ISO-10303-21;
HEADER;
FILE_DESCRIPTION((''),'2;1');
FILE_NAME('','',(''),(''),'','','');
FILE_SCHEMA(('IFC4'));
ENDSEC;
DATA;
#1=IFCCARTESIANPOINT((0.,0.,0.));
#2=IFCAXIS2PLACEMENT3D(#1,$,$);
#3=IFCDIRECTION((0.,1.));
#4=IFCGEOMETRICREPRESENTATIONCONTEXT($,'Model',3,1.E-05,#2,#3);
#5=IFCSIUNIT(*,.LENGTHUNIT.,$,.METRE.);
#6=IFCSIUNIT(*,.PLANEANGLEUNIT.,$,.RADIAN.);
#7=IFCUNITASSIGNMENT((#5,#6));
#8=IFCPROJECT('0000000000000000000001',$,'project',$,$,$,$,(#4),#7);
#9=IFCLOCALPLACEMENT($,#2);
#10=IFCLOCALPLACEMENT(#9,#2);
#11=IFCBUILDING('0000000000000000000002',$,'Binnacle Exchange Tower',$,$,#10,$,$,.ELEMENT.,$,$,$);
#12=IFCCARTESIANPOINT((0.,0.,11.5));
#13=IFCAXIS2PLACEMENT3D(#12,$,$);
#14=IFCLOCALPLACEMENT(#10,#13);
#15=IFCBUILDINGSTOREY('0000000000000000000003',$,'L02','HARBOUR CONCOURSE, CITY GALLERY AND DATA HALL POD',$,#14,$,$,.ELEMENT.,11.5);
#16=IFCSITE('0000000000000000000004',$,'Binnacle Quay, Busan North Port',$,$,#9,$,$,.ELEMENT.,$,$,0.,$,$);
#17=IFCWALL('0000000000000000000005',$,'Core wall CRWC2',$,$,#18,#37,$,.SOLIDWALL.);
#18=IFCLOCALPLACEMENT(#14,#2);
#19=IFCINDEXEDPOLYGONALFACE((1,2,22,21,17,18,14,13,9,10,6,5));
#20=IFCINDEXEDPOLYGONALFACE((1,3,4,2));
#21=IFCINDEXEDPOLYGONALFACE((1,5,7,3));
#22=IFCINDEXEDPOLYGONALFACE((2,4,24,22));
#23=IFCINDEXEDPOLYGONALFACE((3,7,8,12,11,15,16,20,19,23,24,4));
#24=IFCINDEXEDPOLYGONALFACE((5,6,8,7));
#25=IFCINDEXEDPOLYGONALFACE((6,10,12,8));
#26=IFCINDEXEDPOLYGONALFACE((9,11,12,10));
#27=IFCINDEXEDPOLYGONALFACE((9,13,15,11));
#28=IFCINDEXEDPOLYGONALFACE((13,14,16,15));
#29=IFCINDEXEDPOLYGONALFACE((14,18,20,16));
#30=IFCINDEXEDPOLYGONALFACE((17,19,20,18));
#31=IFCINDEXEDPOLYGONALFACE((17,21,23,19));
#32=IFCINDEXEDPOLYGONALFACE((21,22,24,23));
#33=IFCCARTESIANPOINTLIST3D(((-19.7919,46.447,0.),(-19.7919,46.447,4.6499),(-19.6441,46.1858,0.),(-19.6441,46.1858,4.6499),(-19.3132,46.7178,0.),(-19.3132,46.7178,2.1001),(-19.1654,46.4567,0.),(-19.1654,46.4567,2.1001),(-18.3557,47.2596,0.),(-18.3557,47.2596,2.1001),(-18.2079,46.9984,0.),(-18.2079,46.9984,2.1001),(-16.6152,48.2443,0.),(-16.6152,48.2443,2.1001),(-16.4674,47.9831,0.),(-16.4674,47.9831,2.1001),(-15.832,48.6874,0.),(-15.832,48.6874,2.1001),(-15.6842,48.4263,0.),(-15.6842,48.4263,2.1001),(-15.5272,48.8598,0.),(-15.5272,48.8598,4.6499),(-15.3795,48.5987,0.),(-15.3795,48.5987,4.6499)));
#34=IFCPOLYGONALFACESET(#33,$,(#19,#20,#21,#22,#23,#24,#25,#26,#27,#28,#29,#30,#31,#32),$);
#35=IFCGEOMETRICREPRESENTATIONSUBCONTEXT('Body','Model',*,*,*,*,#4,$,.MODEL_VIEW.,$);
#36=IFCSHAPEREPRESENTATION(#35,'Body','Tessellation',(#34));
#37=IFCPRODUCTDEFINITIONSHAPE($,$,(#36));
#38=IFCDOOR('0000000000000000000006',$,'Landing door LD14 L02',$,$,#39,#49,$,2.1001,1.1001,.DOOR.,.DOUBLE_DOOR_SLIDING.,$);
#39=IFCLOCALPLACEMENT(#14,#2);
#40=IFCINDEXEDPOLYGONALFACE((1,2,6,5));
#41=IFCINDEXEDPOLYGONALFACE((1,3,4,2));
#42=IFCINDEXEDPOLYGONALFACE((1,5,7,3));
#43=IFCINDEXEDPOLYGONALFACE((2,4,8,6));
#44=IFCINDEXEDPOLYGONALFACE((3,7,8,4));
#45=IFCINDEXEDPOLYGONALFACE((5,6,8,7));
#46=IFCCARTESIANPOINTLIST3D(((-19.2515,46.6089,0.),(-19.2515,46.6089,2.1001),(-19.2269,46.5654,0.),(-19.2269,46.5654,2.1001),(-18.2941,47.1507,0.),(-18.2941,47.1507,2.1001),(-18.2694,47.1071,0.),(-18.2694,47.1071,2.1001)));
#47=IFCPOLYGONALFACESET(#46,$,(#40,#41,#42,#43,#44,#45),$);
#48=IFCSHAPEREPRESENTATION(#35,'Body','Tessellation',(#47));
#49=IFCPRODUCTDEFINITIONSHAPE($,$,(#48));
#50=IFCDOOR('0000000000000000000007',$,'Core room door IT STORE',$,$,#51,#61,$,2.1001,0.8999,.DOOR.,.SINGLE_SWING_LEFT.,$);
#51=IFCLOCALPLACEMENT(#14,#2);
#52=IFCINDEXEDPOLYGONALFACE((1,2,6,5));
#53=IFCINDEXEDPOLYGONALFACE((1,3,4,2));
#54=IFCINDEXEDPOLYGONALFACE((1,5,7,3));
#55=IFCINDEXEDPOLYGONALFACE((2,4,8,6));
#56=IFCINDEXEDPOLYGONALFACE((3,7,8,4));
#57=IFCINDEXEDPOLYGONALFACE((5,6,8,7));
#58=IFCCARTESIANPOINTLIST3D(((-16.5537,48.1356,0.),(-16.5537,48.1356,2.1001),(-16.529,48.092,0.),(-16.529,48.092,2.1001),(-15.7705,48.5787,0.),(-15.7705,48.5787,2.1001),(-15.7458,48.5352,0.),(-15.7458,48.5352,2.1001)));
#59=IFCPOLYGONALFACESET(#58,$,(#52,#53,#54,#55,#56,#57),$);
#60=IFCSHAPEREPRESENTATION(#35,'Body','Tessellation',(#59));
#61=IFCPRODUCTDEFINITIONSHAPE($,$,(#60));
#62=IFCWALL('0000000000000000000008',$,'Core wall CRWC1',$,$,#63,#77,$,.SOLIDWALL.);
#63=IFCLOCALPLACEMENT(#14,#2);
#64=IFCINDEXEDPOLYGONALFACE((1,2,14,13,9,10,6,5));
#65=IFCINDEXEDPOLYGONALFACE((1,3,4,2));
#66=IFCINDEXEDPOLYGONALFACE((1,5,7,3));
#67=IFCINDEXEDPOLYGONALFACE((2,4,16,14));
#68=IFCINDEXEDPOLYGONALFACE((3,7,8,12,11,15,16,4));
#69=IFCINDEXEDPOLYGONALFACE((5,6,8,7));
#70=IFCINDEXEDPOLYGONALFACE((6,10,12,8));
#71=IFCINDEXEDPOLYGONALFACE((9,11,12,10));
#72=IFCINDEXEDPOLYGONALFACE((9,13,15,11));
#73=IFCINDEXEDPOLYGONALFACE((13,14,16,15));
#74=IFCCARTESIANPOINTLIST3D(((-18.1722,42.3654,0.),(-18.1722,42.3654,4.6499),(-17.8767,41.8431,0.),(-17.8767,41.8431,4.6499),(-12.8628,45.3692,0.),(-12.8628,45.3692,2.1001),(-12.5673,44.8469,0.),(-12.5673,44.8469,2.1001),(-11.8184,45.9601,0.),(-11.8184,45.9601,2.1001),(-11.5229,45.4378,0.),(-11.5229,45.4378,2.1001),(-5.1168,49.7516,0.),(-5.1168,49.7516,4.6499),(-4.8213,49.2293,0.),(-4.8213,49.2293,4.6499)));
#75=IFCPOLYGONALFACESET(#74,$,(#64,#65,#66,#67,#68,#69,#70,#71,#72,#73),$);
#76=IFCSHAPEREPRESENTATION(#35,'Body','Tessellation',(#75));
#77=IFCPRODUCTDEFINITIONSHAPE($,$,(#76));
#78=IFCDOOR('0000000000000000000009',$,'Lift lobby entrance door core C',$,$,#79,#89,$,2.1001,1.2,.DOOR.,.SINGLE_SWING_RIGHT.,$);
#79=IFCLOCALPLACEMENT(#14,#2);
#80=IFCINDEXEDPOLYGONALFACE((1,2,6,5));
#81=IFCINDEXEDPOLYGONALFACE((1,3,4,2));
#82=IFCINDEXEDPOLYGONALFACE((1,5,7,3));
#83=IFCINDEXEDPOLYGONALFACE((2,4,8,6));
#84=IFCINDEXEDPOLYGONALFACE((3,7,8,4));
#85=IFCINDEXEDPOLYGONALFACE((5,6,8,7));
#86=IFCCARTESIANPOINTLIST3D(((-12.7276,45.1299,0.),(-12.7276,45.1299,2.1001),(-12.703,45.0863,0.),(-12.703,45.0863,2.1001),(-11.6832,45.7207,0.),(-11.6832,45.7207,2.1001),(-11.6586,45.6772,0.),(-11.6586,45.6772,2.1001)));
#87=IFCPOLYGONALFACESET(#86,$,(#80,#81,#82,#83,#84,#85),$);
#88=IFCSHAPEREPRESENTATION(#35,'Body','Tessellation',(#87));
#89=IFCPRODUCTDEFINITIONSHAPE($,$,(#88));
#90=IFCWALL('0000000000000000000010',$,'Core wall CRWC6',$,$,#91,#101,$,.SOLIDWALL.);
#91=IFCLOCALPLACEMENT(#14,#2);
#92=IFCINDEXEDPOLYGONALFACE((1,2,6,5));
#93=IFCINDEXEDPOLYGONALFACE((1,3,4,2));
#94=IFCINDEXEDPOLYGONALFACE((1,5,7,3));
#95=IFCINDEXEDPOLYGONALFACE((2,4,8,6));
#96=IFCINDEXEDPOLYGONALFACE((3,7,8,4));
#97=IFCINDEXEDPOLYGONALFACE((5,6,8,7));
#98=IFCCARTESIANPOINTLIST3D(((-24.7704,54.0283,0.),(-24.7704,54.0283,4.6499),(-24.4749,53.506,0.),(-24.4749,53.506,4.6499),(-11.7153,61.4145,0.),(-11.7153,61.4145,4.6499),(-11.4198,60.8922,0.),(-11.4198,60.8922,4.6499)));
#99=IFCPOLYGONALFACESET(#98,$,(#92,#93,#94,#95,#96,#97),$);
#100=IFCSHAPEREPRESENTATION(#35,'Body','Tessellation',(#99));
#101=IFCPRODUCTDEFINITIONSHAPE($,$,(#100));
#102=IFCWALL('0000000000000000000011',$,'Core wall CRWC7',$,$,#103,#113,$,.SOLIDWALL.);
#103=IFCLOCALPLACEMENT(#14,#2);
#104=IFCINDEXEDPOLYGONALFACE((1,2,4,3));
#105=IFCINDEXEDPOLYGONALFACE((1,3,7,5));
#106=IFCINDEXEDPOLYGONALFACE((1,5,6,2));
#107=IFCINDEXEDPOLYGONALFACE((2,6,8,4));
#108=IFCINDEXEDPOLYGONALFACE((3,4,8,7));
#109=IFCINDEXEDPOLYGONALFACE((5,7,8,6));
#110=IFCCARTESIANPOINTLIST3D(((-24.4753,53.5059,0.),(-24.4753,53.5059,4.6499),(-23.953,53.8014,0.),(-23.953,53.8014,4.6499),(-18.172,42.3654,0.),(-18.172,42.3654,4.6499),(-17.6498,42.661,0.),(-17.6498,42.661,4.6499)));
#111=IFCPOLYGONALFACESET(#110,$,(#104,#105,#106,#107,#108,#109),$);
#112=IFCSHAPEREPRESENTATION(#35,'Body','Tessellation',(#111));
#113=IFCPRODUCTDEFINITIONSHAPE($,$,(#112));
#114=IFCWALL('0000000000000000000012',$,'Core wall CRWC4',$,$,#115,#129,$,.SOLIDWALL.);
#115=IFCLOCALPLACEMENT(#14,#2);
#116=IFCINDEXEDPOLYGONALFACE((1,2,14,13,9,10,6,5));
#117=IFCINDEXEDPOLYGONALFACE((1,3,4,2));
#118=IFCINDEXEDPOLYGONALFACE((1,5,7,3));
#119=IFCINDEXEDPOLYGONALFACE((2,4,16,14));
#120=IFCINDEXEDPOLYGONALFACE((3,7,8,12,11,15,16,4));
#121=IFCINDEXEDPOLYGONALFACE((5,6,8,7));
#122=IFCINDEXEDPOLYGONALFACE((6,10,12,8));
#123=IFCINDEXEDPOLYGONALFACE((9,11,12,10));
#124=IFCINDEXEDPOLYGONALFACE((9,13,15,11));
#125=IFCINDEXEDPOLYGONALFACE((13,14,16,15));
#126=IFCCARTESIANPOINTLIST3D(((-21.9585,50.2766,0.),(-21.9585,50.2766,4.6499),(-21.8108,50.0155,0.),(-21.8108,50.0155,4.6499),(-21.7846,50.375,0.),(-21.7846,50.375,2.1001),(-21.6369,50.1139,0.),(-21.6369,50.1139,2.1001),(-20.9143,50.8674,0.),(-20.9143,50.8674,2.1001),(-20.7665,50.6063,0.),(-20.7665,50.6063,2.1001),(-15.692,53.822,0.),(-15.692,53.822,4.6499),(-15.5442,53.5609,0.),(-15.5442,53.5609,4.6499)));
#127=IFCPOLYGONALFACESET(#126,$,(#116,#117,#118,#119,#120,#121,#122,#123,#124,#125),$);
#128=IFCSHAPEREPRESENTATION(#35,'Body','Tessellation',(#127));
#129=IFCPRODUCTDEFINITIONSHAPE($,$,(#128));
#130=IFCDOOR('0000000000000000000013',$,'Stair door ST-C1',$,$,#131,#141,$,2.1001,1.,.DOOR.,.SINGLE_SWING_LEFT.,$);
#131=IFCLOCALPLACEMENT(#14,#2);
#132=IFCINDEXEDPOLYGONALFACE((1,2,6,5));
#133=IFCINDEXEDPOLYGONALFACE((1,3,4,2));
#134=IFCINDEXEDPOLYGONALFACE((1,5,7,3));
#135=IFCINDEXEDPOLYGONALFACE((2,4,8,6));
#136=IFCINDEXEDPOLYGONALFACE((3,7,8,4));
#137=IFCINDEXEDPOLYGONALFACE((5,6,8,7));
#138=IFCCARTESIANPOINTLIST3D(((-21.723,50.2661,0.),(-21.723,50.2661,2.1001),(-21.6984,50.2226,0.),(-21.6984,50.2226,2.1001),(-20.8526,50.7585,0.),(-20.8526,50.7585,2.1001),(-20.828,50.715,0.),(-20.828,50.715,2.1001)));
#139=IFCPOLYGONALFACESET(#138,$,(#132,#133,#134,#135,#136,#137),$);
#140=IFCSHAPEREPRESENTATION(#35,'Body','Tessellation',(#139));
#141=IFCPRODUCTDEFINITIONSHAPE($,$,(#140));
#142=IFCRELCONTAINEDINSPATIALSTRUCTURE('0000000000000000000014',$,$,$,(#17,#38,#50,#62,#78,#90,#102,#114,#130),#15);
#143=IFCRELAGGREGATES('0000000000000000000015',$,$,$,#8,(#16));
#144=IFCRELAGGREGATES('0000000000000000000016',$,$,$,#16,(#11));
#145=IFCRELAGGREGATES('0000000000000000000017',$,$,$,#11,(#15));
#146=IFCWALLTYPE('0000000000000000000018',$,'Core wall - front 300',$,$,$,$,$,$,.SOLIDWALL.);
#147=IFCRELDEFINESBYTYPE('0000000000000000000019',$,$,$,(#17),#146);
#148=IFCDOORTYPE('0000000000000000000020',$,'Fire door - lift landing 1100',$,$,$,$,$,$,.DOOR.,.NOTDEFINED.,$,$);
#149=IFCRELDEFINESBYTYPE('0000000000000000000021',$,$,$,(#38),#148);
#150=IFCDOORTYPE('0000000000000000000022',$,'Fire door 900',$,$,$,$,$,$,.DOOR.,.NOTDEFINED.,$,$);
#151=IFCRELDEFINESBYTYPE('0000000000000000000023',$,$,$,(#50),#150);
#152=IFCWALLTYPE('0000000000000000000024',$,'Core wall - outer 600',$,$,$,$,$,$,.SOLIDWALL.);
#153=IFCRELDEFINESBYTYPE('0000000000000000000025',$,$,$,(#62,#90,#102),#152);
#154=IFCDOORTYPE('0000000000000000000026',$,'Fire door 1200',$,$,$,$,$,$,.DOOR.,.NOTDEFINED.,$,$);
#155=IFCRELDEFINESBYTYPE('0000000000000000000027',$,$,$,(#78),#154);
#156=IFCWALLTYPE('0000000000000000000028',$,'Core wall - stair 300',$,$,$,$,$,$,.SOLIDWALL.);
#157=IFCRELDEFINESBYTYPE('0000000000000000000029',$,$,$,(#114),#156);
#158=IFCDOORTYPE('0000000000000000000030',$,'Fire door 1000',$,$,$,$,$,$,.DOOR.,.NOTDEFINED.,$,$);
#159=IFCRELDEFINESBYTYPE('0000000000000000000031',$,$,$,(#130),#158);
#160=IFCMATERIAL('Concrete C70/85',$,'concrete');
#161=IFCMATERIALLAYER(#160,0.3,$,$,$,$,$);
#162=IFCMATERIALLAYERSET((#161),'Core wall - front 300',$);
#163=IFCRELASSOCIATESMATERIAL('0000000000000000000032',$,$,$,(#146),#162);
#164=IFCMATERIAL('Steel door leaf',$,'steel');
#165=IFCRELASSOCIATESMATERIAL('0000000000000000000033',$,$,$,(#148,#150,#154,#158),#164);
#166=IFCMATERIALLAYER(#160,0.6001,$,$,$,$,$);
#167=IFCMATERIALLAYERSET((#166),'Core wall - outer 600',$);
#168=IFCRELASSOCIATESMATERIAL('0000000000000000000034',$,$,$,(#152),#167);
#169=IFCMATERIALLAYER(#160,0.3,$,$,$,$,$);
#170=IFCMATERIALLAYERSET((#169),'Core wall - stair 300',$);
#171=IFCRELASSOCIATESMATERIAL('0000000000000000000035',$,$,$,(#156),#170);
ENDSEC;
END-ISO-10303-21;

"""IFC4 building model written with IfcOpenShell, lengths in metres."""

from ifc_helpers import new_model, si_unit, direction, frame, frame_2d, origin, place, context, subcontext, project, spatial, rectangle, extrude, material, layer, layer_set, type_object, element, fill, save


model = new_model("IFC4")

# Units and contexts
model_context = context("Model", 3, precision=1e-05, world=origin(), true_north=direction((0.0, 1.0)))
body_context = subcontext(model_context, "Body", "Model", "MODEL_VIEW")
ifc_project = project(units=[si_unit("LENGTHUNIT", "METRE"), si_unit("PLANEANGLEUNIT", "RADIAN")], contexts=[model_context])

# Site, building, storey
site_placement = place(None, origin())
site = spatial("IfcSite", under=ifc_project, at=site_placement, Name="Binnacle Quay, Busan North Port", CompositionType="ELEMENT", RefElevation=0.0)
building_placement = place(site_placement, origin())
building = spatial("IfcBuilding", under=site, at=building_placement, Name="Binnacle Exchange Tower", CompositionType="ELEMENT")
storey_placement = place(building_placement, frame((0.0, 0.0, 11.5)))
storey = spatial("IfcBuildingStorey", under=building, at=storey_placement, Name="L02", Description="HARBOUR CONCOURSE, CITY GALLERY AND DATA HALL POD", CompositionType="ELEMENT", Elevation=11.5)

# Wall, openings, doors
ifc_material_1 = material(Name="Concrete C70/85", Category="concrete")
ifc_layer_1 = layer(ifc_material_1, 0.3)
ifc_layer_set_1 = layer_set([ifc_layer_1], Name="Core wall - front 300")
wall_type_1 = type_object("IfcWallType", Name="Core wall - front 300", PredefinedType="SOLIDWALL", material=ifc_layer_set_1)
wall_1_placement = place(storey_placement, frame((-19.718, 46.3164, 0.0), z_axis=(0.0, 0.0, 1.0), x_axis=(0.870354, 0.492427, 0.0)))
wall_1 = element("IfcWall", 1, at=wall_1_placement, inside=storey, type_object=wall_type_1, Name="Core wall CRWC2", PredefinedType="SOLIDWALL", context=body_context, shape_type="SweptSolid", body=[
    extrude(rectangle(XDim=4.8999, YDim=0.3, at=frame_2d((2.45, 0.0))), origin(), (0.0, 0.0, 1.0), 4.6499),
])
opening_1_placement = place(wall_1_placement, frame((0.55, 0.0, 0.0)))
opening_1 = element("IfcOpeningElement", 2, at=opening_1_placement, cuts=wall_1, PredefinedType="OPENING", context=body_context, shape_type="SweptSolid", body=[
    extrude(rectangle(XDim=1.1001, YDim=2.1001, at=frame_2d((0.55, 1.05))), frame((0.0, 0.1599, 0.0), z_axis=(0.0, -1.0, 0.0), x_axis=(1.0, 0.0, 0.0)), (0.0, 0.0, 1.0), 0.3201),
])
opening_2_placement = place(wall_1_placement, frame((3.6499, 0.0, 0.0)))
opening_2 = element("IfcOpeningElement", 3, at=opening_2_placement, cuts=wall_1, PredefinedType="OPENING", context=body_context, shape_type="SweptSolid", body=[
    extrude(rectangle(XDim=0.8999, YDim=2.1001, at=frame_2d((0.45, 1.05))), frame((0.0, 0.1599, 0.0), z_axis=(0.0, -1.0, 0.0), x_axis=(1.0, 0.0, 0.0)), (0.0, 0.0, 1.0), 0.3201),
])
ifc_material_2 = material(Name="Steel door leaf", Category="steel")
door_type_1 = type_object("IfcDoorType", Name="Fire door - lift landing 1100", OperationType="NOTDEFINED", PredefinedType="DOOR", material=ifc_material_2)
door_1_placement = place(opening_1_placement, origin())
door_1 = element("IfcDoor", 4, at=door_1_placement, inside=storey, type_object=door_type_1, Name="Landing door LD14 L02", OperationType="DOUBLE_DOOR_SLIDING", OverallHeight=2.1001, OverallWidth=1.1001, PredefinedType="DOOR", context=body_context, shape_type="SweptSolid", body=[
    extrude(rectangle(XDim=1.1001, YDim=2.1001, at=frame_2d((0.55, 1.05))), frame((0.0, 0.0249, 0.0), z_axis=(0.0, -1.0, 0.0), x_axis=(1.0, 0.0, 0.0)), (0.0, 0.0, 1.0), 0.05),
])
fill(opening_1, door_1)
door_type_2 = type_object("IfcDoorType", Name="Fire door 900", OperationType="NOTDEFINED", PredefinedType="DOOR", material=ifc_material_2)
door_2_placement = place(opening_2_placement, frame((0.8999, 0.0, 0.0), z_axis=(0.0, 0.0, 1.0), x_axis=(-1.0, 0.0, 0.0)))
door_2 = element("IfcDoor", 5, at=door_2_placement, inside=storey, type_object=door_type_2, Name="Core room door IT STORE", OperationType="SINGLE_SWING_LEFT", OverallHeight=2.1001, OverallWidth=0.8999, PredefinedType="DOOR", context=body_context, shape_type="SweptSolid", body=[
    extrude(rectangle(XDim=0.8999, YDim=2.1001, at=frame_2d((0.45, 1.05))), frame((0.0, 0.0249, 0.0), z_axis=(0.0, -1.0, 0.0), x_axis=(1.0, 0.0, 0.0)), (0.0, 0.0, 1.0), 0.05),
])
fill(opening_2, door_2)

# Wall, opening, door
ifc_layer_2 = layer(ifc_material_1, 0.6001)
ifc_layer_set_2 = layer_set([ifc_layer_2], Name="Core wall - outer 600")
wall_type_2 = type_object("IfcWallType", Name="Core wall - outer 600", PredefinedType="SOLIDWALL", material=ifc_layer_set_2)
wall_2_placement = place(storey_placement, frame((-18.0244, 42.1042, 0.0), z_axis=(0.0, 0.0, 1.0), x_axis=(0.870361, 0.492415, 0.0)))
wall_2 = element("IfcWall", 6, at=wall_2_placement, inside=storey, type_object=wall_type_2, Name="Core wall CRWC1", PredefinedType="SOLIDWALL", context=body_context, shape_type="SweptSolid", body=[
    extrude(rectangle(XDim=15.0, YDim=0.6001, at=frame_2d((7.5, 0.0))), origin(), (0.0, 0.0, 1.0), 4.6499),
])
opening_3_placement = place(wall_2_placement, frame((6.1001, 0.0, 0.0)))
opening_3 = element("IfcOpeningElement", 7, at=opening_3_placement, cuts=wall_2, PredefinedType="OPENING", context=body_context, shape_type="SweptSolid", body=[
    extrude(rectangle(XDim=1.2, YDim=2.1001, at=frame_2d((0.6001, 1.05))), frame((0.0, 0.3101, 0.0), z_axis=(0.0, -1.0, 0.0), x_axis=(1.0, 0.0, 0.0)), (0.0, 0.0, 1.0), 0.6201),
])
door_type_3 = type_object("IfcDoorType", Name="Fire door 1200", OperationType="NOTDEFINED", PredefinedType="DOOR", material=ifc_material_2)
door_3_placement = place(opening_3_placement, frame((1.2, 0.0, 0.0), z_axis=(0.0, 0.0, 1.0), x_axis=(-1.0, 0.0, 0.0)))
door_3 = element("IfcDoor", 8, at=door_3_placement, inside=storey, type_object=door_type_3, Name="Lift lobby entrance door core C", OperationType="SINGLE_SWING_RIGHT", OverallHeight=2.1001, OverallWidth=1.2, PredefinedType="DOOR", context=body_context, shape_type="SweptSolid", body=[
    extrude(rectangle(XDim=1.2, YDim=2.1001, at=frame_2d((0.6001, 1.05))), frame((0.0, 0.0249, 0.0), z_axis=(0.0, -1.0, 0.0), x_axis=(1.0, 0.0, 0.0)), (0.0, 0.0, 1.0), 0.05),
])
fill(opening_3, door_3)

# Walls
wall_3_placement = place(storey_placement, frame((-24.6228, 53.7671, 0.0), z_axis=(0.0, 0.0, 1.0), x_axis=(0.870357, 0.492422, 0.0)))
element("IfcWall", 9, at=wall_3_placement, inside=storey, type_object=wall_type_2, Name="Core wall CRWC6", PredefinedType="SOLIDWALL", context=body_context, shape_type="SweptSolid", body=[
    extrude(rectangle(XDim=14.9998, YDim=0.6001, at=frame_2d((7.5, 0.0))), origin(), (0.0, 0.0, 1.0), 4.6499),
])
wall_4_placement = place(storey_placement, frame((-24.2141, 53.6536, 0.0), z_axis=(0.0, 0.0, 1.0), x_axis=(0.492441, -0.870346, 0.0)))
element("IfcWall", 10, at=wall_4_placement, inside=storey, type_object=wall_type_2, Name="Core wall CRWC7", PredefinedType="SOLIDWALL", context=body_context, shape_type="SweptSolid", body=[
    extrude(rectangle(XDim=12.8, YDim=0.6001, at=frame_2d((6.3999, 0.0))), origin(), (0.0, 0.0, 1.0), 4.6499),
])

# Wall, opening, door
ifc_layer_3 = layer(ifc_material_1, 0.3)
ifc_layer_set_3 = layer_set([ifc_layer_3], Name="Core wall - stair 300")
wall_type_3 = type_object("IfcWallType", Name="Core wall - stair 300", PredefinedType="SOLIDWALL", material=ifc_layer_set_3)
wall_5_placement = place(storey_placement, frame((-21.8848, 50.146, 0.0), z_axis=(0.0, 0.0, 1.0), x_axis=(0.870359, 0.492417, 0.0)))
wall_5 = element("IfcWall", 11, at=wall_5_placement, inside=storey, type_object=wall_type_3, Name="Core wall CRWC4", PredefinedType="SOLIDWALL", context=body_context, shape_type="SweptSolid", body=[
    extrude(rectangle(XDim=7.2, YDim=0.3, at=frame_2d((3.6001, 0.0))), origin(), (0.0, 0.0, 1.0), 4.6499),
])
opening_4_placement = place(wall_5_placement, frame((0.2, 0.0, 0.0)))
opening_4 = element("IfcOpeningElement", 12, at=opening_4_placement, cuts=wall_5, PredefinedType="OPENING", context=body_context, shape_type="SweptSolid", body=[
    extrude(rectangle(XDim=1.0, YDim=2.1001, at=frame_2d((0.5, 1.05))), frame((0.0, 0.1599, 0.0), z_axis=(0.0, -1.0, 0.0), x_axis=(1.0, 0.0, 0.0)), (0.0, 0.0, 1.0), 0.3201),
])
door_type_4 = type_object("IfcDoorType", Name="Fire door 1000", OperationType="NOTDEFINED", PredefinedType="DOOR", material=ifc_material_2)
door_4_placement = place(opening_4_placement, origin())
door_4 = element("IfcDoor", 13, at=door_4_placement, inside=storey, type_object=door_type_4, Name="Stair door ST-C1", OperationType="SINGLE_SWING_LEFT", OverallHeight=2.1001, OverallWidth=1.0, PredefinedType="DOOR", context=body_context, shape_type="SweptSolid", body=[
    extrude(rectangle(XDim=1.0, YDim=2.1001, at=frame_2d((0.5, 1.05))), frame((0.0, 0.0249, 0.0), z_axis=(0.0, -1.0, 0.0), x_axis=(1.0, 0.0, 0.0)), (0.0, 0.0, 1.0), 0.05),
])
fill(opening_4, door_4)

save(model, "model.ifc")
